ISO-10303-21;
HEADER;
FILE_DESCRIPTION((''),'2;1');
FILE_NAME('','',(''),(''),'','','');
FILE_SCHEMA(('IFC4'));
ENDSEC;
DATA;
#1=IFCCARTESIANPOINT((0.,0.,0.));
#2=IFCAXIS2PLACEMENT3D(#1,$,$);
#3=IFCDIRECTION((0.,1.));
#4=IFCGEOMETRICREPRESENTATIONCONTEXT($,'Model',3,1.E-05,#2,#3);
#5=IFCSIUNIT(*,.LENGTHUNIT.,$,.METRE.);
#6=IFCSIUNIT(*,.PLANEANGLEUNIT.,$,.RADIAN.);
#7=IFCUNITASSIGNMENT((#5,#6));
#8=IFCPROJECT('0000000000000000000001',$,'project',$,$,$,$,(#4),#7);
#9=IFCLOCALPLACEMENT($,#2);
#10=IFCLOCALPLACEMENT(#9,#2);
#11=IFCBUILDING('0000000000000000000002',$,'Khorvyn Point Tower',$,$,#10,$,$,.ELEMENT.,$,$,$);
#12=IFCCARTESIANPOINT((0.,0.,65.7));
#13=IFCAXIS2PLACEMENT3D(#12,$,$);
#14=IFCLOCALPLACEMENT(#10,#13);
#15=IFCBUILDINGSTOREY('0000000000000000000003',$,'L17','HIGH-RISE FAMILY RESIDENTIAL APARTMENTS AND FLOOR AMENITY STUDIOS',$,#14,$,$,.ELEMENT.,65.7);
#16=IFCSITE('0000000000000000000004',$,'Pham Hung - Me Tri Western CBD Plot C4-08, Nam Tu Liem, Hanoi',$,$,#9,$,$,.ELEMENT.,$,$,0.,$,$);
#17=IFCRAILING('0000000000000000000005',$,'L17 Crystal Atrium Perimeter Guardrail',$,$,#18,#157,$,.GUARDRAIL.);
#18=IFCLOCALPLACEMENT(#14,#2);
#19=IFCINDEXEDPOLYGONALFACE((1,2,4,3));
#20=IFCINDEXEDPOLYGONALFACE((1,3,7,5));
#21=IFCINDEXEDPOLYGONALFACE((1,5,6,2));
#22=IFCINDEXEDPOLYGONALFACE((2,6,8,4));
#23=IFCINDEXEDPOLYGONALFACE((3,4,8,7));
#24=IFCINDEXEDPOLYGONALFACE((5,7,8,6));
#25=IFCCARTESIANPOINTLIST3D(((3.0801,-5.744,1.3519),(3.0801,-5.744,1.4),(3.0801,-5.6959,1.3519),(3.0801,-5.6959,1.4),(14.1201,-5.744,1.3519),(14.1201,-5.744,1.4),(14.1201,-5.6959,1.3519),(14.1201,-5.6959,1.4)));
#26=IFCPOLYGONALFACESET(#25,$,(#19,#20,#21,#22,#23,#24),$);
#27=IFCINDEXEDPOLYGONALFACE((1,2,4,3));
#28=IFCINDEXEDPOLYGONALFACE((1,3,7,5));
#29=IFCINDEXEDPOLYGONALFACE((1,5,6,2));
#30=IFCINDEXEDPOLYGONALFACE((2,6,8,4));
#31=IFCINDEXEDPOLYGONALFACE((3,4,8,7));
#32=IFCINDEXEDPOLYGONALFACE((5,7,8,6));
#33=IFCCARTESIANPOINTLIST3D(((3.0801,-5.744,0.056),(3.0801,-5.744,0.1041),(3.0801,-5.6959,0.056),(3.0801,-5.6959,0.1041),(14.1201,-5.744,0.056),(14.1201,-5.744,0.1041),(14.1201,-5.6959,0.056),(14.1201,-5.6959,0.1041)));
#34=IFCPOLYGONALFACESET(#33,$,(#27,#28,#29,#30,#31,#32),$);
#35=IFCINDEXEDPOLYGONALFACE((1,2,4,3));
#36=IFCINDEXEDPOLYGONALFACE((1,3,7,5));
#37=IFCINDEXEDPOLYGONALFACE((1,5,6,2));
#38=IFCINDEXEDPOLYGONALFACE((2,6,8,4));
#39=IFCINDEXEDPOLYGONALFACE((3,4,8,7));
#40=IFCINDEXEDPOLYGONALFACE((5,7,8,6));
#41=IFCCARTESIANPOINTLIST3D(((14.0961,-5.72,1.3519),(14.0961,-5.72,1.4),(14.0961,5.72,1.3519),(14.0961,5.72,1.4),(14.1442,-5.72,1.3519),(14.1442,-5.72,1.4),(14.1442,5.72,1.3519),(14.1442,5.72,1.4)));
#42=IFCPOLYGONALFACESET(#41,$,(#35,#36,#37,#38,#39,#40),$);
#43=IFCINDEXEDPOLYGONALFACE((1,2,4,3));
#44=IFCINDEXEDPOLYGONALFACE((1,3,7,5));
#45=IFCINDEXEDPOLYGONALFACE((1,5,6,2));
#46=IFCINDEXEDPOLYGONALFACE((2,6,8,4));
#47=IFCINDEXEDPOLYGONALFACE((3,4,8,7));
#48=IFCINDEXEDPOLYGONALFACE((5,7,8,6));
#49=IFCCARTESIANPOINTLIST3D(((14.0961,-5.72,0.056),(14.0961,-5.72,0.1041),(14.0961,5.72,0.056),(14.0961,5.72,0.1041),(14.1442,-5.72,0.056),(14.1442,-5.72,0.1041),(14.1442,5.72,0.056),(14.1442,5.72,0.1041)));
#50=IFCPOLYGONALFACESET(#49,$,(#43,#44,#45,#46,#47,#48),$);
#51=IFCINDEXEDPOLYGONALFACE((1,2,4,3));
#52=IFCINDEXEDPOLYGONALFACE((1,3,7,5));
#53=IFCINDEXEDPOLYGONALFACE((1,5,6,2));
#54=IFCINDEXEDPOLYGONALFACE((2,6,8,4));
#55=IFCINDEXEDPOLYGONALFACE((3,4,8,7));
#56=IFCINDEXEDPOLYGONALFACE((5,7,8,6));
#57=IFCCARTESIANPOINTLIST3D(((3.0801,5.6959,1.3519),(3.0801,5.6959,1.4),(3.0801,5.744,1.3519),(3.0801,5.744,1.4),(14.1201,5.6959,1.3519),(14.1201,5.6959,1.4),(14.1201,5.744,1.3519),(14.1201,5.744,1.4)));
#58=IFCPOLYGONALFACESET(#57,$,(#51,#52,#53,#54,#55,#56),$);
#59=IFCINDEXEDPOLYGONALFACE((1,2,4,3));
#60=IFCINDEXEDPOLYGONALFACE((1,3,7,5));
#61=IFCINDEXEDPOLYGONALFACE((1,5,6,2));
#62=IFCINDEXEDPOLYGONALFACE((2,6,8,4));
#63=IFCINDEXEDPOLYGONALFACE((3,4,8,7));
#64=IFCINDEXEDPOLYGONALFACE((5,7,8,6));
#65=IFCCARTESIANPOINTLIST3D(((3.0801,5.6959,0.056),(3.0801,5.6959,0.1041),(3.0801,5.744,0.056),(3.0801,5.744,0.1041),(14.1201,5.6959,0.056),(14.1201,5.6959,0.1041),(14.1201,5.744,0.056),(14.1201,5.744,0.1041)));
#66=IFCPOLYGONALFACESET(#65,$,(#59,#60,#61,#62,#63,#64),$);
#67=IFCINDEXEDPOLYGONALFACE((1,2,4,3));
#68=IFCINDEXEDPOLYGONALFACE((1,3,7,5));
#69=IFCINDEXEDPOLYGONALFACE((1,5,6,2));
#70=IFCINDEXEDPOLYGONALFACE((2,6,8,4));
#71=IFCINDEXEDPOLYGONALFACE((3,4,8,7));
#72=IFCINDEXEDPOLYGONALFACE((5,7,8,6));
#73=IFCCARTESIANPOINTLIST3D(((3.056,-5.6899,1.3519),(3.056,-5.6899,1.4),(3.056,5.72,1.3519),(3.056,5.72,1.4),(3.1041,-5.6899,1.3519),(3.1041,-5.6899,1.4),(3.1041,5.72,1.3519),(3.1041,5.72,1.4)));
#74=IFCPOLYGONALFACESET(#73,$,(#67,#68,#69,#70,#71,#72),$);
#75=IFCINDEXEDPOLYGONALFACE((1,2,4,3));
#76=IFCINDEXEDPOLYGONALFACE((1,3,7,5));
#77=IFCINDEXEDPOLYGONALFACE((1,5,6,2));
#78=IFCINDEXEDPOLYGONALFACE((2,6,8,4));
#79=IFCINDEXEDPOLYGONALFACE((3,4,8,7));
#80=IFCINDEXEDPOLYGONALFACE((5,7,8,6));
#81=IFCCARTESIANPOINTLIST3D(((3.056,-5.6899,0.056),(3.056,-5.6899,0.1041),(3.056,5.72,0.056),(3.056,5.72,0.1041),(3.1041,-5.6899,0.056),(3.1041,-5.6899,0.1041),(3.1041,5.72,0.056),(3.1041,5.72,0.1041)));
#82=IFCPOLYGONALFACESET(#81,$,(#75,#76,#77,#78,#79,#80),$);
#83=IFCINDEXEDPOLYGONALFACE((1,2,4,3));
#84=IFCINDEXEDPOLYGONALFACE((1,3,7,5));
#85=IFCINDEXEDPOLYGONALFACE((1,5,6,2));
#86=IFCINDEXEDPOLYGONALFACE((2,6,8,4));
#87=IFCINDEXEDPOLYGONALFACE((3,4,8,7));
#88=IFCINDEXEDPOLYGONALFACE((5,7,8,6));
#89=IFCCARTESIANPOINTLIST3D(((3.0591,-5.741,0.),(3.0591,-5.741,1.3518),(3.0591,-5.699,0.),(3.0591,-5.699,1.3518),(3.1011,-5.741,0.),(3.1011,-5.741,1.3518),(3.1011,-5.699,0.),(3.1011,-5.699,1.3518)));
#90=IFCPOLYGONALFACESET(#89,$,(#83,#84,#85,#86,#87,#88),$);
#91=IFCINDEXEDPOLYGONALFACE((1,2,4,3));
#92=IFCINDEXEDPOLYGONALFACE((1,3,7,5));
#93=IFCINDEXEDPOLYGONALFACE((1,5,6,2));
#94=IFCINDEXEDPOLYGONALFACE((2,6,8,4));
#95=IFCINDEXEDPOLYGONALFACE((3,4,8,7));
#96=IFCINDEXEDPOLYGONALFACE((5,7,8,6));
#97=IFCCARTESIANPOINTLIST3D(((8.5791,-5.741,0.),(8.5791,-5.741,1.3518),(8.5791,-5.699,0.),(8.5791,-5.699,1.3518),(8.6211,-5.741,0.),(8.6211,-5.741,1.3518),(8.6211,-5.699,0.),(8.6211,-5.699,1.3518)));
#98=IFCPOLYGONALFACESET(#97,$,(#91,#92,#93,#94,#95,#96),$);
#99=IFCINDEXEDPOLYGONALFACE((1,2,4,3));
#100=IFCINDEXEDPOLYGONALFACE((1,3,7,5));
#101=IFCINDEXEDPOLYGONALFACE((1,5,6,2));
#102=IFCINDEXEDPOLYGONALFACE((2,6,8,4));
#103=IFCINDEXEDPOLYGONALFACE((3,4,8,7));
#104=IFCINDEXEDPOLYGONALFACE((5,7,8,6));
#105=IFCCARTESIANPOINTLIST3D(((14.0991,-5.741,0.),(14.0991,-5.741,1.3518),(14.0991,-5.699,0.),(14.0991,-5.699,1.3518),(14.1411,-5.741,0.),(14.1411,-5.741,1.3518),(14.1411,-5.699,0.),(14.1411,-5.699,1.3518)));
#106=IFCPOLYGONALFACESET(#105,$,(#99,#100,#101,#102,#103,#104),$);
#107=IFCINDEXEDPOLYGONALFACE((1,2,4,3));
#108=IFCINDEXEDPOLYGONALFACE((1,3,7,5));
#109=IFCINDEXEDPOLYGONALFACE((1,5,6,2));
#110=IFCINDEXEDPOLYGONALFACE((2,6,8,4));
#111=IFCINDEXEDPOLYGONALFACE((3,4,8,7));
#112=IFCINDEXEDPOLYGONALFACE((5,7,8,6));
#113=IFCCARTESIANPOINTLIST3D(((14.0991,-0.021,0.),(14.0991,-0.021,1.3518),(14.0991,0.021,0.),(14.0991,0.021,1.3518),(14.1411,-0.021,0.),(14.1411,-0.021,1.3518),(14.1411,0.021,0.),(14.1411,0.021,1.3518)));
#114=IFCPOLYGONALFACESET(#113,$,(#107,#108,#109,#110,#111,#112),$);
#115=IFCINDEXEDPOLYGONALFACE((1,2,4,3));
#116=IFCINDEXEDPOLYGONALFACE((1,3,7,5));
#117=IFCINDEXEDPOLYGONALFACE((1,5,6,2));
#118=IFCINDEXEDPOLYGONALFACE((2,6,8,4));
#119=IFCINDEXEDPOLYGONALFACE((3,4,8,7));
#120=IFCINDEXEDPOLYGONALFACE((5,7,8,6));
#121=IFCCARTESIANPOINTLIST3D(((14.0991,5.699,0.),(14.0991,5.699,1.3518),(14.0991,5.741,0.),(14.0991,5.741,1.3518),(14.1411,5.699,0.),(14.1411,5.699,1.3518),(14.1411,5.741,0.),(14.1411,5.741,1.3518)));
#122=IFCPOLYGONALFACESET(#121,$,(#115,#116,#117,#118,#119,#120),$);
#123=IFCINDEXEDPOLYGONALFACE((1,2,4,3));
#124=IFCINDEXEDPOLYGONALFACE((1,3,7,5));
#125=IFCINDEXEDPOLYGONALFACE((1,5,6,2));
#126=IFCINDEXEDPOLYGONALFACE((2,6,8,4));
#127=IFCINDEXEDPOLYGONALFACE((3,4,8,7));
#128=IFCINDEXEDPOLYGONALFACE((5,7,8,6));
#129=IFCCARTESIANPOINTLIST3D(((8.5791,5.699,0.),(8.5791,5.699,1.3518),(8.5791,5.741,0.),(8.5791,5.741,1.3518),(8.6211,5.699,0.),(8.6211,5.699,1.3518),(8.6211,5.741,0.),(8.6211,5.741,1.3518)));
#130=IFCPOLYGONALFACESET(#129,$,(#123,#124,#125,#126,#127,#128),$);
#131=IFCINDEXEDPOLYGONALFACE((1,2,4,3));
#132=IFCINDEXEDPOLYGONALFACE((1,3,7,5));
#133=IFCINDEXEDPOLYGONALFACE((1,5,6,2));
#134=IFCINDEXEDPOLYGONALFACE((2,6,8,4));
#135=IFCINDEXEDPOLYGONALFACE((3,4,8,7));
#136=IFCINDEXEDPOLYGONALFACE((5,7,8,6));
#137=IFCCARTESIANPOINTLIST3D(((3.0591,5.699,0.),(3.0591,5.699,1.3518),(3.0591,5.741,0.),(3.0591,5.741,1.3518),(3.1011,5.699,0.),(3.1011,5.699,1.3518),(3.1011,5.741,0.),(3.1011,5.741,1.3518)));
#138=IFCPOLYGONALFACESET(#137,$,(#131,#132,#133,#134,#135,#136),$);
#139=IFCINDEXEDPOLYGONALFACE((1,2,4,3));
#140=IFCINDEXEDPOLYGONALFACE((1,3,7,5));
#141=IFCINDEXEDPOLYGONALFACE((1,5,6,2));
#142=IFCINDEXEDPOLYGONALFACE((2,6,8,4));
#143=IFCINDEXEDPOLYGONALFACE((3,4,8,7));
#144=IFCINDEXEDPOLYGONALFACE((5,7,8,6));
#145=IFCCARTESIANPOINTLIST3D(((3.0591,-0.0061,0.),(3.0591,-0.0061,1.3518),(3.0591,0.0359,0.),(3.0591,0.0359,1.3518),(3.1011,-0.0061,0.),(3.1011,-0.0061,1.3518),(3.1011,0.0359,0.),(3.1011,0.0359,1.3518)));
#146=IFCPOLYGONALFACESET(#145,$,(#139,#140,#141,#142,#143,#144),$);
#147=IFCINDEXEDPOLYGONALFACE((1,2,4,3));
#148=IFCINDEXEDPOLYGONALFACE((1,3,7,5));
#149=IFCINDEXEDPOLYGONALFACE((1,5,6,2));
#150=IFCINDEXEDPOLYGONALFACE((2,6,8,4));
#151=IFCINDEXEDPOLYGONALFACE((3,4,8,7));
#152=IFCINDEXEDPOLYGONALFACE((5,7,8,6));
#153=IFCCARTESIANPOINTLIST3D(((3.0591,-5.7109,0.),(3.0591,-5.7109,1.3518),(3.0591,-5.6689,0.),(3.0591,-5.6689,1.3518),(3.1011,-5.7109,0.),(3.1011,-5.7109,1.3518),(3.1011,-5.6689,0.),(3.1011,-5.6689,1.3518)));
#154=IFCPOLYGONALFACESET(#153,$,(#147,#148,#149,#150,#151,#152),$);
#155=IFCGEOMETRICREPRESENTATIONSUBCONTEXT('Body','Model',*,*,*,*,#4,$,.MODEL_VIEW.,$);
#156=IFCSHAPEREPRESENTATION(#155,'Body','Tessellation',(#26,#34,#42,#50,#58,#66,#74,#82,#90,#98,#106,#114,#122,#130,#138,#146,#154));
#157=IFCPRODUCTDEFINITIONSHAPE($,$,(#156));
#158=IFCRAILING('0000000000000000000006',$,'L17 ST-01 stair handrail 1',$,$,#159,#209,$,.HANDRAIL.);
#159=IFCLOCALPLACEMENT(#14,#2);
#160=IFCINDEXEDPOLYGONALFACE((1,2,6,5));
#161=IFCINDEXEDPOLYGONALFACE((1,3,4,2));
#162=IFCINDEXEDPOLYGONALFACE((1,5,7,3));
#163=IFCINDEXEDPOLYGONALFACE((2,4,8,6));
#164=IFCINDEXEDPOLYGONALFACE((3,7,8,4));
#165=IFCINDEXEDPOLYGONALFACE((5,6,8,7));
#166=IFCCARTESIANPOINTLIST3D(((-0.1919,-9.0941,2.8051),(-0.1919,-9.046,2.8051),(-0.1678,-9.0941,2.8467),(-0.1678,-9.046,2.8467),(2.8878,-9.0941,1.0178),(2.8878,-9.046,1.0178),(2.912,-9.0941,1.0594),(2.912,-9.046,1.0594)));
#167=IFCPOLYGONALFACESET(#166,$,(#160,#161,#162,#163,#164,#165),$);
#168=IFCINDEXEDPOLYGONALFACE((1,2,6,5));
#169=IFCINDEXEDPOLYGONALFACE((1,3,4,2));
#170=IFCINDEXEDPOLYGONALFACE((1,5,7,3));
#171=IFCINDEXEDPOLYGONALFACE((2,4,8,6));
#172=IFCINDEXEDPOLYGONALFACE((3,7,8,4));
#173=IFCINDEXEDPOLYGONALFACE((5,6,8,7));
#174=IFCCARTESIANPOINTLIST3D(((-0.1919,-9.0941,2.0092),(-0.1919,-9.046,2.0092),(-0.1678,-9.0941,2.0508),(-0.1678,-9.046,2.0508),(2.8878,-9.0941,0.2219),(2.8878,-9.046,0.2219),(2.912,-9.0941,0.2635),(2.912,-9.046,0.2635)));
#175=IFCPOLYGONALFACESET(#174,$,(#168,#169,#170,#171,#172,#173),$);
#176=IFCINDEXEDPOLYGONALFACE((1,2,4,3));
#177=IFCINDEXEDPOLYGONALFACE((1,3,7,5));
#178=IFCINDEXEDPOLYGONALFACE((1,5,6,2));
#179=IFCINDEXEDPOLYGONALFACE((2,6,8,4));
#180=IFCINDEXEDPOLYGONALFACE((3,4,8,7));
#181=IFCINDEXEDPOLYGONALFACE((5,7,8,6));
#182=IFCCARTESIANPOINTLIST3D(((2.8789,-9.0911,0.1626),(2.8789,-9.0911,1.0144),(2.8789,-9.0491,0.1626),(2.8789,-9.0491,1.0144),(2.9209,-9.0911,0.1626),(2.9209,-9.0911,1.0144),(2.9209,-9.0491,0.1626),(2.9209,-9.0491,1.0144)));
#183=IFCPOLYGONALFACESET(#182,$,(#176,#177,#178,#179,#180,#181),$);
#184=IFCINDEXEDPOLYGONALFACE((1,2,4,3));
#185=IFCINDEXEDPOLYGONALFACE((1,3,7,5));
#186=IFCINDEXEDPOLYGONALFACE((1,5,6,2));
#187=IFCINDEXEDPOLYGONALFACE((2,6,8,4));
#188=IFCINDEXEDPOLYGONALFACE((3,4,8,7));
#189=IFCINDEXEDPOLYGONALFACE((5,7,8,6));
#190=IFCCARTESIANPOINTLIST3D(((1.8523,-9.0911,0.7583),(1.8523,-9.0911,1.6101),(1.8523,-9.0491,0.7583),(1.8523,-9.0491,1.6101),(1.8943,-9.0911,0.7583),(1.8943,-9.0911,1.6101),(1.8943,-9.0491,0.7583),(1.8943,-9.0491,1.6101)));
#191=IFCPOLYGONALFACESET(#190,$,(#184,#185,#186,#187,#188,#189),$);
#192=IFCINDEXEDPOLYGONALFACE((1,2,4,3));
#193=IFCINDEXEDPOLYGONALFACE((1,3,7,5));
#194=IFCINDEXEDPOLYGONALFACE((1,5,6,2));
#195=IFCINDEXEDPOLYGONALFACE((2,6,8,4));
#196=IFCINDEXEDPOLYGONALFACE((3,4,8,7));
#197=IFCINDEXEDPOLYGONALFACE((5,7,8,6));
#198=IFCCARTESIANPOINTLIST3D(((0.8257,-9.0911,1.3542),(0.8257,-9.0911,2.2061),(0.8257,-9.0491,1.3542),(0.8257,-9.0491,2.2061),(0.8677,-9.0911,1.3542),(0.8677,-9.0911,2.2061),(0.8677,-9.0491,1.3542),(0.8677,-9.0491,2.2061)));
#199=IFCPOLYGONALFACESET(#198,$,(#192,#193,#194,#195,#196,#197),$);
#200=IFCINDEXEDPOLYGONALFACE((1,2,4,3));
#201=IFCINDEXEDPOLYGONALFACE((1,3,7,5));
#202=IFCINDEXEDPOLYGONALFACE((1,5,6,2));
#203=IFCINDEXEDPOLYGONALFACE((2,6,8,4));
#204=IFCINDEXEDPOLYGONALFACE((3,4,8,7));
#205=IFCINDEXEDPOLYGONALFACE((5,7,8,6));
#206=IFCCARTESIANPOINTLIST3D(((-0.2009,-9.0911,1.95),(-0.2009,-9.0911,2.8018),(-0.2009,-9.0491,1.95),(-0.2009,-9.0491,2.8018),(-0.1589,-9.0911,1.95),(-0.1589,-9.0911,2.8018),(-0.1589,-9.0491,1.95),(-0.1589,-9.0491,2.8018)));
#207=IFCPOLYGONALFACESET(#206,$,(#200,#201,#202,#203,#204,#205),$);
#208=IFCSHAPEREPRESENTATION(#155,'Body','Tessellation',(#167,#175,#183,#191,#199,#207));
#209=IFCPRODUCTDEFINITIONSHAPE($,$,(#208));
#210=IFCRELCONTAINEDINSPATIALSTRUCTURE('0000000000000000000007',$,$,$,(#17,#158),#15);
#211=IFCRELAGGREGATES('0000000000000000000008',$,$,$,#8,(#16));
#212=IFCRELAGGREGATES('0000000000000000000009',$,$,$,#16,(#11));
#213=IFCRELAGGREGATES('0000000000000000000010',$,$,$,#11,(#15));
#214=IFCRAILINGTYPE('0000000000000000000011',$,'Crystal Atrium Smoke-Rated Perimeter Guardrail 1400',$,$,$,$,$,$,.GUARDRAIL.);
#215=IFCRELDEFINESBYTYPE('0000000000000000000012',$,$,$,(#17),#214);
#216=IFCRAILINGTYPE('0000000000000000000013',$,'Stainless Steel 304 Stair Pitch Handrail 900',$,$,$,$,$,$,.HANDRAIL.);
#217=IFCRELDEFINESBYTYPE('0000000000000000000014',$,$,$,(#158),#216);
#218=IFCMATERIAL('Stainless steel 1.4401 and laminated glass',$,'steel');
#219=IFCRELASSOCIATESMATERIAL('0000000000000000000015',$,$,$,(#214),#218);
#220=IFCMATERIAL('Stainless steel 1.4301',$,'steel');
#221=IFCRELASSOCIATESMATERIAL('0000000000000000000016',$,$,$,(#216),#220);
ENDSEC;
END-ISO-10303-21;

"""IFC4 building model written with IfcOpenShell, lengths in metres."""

from ifc_helpers import new_model, si_unit, direction, frame, origin, origin_2d, place, context, subcontext, project, spatial, rectangle, extrude, material, type_object, element, save


model = new_model("IFC4")

# Units and contexts
model_context = context("Model", 3, precision=1e-05, world=origin(), true_north=direction((0.0, 1.0)))
body_context = subcontext(model_context, "Body", "Model", "MODEL_VIEW")
ifc_project = project(units=[si_unit("LENGTHUNIT", "METRE"), si_unit("PLANEANGLEUNIT", "RADIAN")], contexts=[model_context])

# Site, building, storey
site_placement = place(None, origin())
site = spatial("IfcSite", under=ifc_project, at=site_placement, Name="Pham Hung - Me Tri Western CBD Plot C4-08, Nam Tu Liem, Hanoi", CompositionType="ELEMENT", RefElevation=0.0)
building_placement = place(site_placement, origin())
building = spatial("IfcBuilding", under=site, at=building_placement, Name="Khorvyn Point Tower", CompositionType="ELEMENT")
storey_placement = place(building_placement, frame((0.0, 0.0, 65.7)))
storey = spatial("IfcBuildingStorey", under=building, at=storey_placement, Name="L17", Description="HIGH-RISE FAMILY RESIDENTIAL APARTMENTS AND FLOOR AMENITY STUDIOS", CompositionType="ELEMENT", Elevation=65.7)

# Shared definitions
ifc_material_1 = material(Name="Stainless steel 1.4301", Category="steel")

# Railings
ifc_material_2 = material(Name="Stainless steel 1.4401 and laminated glass", Category="steel")
railing_type_1 = type_object("IfcRailingType", Name="Crystal Atrium Smoke-Rated Perimeter Guardrail 1400", PredefinedType="GUARDRAIL", material=ifc_material_2)
railing_1_placement = place(storey_placement, frame((3.0801, -5.72, 0.0)))
element("IfcRailing", 1, at=railing_1_placement, inside=storey, type_object=railing_type_1, Name="L17 Crystal Atrium Perimeter Guardrail", PredefinedType="GUARDRAIL", context=body_context, shape_type="SweptSolid", body=[
    extrude(rectangle(XDim=0.0481, YDim=0.0481, at=origin_2d()), frame((0.0, 0.0, 1.376), z_axis=(1.0, 0.0, 0.0), x_axis=(0.0, 1.0, 0.0)), (0.0, 0.0, 1.0), 11.04),
    extrude(rectangle(XDim=0.0481, YDim=0.0481, at=origin_2d()), frame((0.0, 0.0, 0.0801), z_axis=(1.0, 0.0, 0.0), x_axis=(0.0, 1.0, 0.0)), (0.0, 0.0, 1.0), 11.04),
    extrude(rectangle(XDim=0.0481, YDim=0.0481, at=origin_2d()), frame((11.04, 0.0, 1.376), z_axis=(0.0, 1.0, 0.0), x_axis=(-1.0, 0.0, 0.0)), (0.0, 0.0, 1.0), 11.4399),
    extrude(rectangle(XDim=0.0481, YDim=0.0481, at=origin_2d()), frame((11.04, 0.0, 0.0801), z_axis=(0.0, 1.0, 0.0), x_axis=(-1.0, 0.0, 0.0)), (0.0, 0.0, 1.0), 11.4399),
    extrude(rectangle(XDim=0.0481, YDim=0.0481, at=origin_2d()), frame((11.04, 11.4399, 1.376), z_axis=(-1.0, 0.0, 0.0), x_axis=(0.0, -1.0, 0.0)), (0.0, 0.0, 1.0), 11.04),
    extrude(rectangle(XDim=0.0481, YDim=0.0481, at=origin_2d()), frame((11.04, 11.4399, 0.0801), z_axis=(-1.0, 0.0, 0.0), x_axis=(0.0, -1.0, 0.0)), (0.0, 0.0, 1.0), 11.04),
    extrude(rectangle(XDim=0.0481, YDim=0.0481, at=origin_2d()), frame((0.0, 11.4399, 1.376), z_axis=(0.0, -1.0, 0.0), x_axis=(1.0, 0.0, 0.0)), (0.0, 0.0, 1.0), 11.4099),
    extrude(rectangle(XDim=0.0481, YDim=0.0481, at=origin_2d()), frame((0.0, 11.4399, 0.0801), z_axis=(0.0, -1.0, 0.0), x_axis=(1.0, 0.0, 0.0)), (0.0, 0.0, 1.0), 11.4099),
    extrude(rectangle(XDim=0.042, YDim=0.042, at=origin_2d()), origin(), (0.0, 0.0, 1.0), 1.3518),
    extrude(rectangle(XDim=0.042, YDim=0.042, at=origin_2d()), frame((5.52, 0.0, 0.0)), (0.0, 0.0, 1.0), 1.3518),
    extrude(rectangle(XDim=0.042, YDim=0.042, at=origin_2d()), frame((11.04, 0.0, 0.0)), (0.0, 0.0, 1.0), 1.3518),
    extrude(rectangle(XDim=0.042, YDim=0.042, at=origin_2d()), frame((11.04, 5.72, 0.0)), (0.0, 0.0, 1.0), 1.3518),
    extrude(rectangle(XDim=0.042, YDim=0.042, at=origin_2d()), frame((11.04, 11.4399, 0.0)), (0.0, 0.0, 1.0), 1.3518),
    extrude(rectangle(XDim=0.042, YDim=0.042, at=origin_2d()), frame((5.52, 11.4399, 0.0)), (0.0, 0.0, 1.0), 1.3518),
    extrude(rectangle(XDim=0.042, YDim=0.042, at=origin_2d()), frame((0.0, 11.4399, 0.0)), (0.0, 0.0, 1.0), 1.3518),
    extrude(rectangle(XDim=0.042, YDim=0.042, at=origin_2d()), frame((0.0, 5.7349, 0.0)), (0.0, 0.0, 1.0), 1.3518),
    extrude(rectangle(XDim=0.042, YDim=0.042, at=origin_2d()), frame((0.0, 0.03, 0.0)), (0.0, 0.0, 1.0), 1.3518),
])
railing_type_2 = type_object("IfcRailingType", Name="Stainless Steel 304 Stair Pitch Handrail 900", PredefinedType="HANDRAIL", material=ifc_material_1)
railing_2_placement = place(storey_placement, frame((2.8999, -9.0701, 0.1626)))
element("IfcRailing", 2, at=railing_2_placement, inside=storey, type_object=railing_type_2, Name="L17 ST-01 stair handrail 1", PredefinedType="HANDRAIL", context=body_context, shape_type="SweptSolid", body=[
    extrude(rectangle(XDim=0.0481, YDim=0.0481, at=origin_2d()), frame((0.0, 0.0, 0.876), z_axis=(-0.864903, 0.0, 0.501939), x_axis=(0.0, -1.0, 0.0)), (0.0, 0.0, 1.0), 3.5608),
    extrude(rectangle(XDim=0.0481, YDim=0.0481, at=origin_2d()), frame((0.0, 0.0, 0.0801), z_axis=(-0.864903, 0.0, 0.501939), x_axis=(0.0, -1.0, 0.0)), (0.0, 0.0, 1.0), 3.5608),
    extrude(rectangle(XDim=0.042, YDim=0.042, at=origin_2d()), origin(), (0.0, 0.0, 1.0), 0.8518),
    extrude(rectangle(XDim=0.042, YDim=0.042, at=origin_2d()), frame((-1.0266, 0.0, 0.5957)), (0.0, 0.0, 1.0), 0.8518),
    extrude(rectangle(XDim=0.042, YDim=0.042, at=origin_2d()), frame((-2.0532, 0.0, 1.1917)), (0.0, 0.0, 1.0), 0.8518),
    extrude(rectangle(XDim=0.042, YDim=0.042, at=origin_2d()), frame((-3.0798, 0.0, 1.7874)), (0.0, 0.0, 1.0), 0.8518),
])

save(model, "model.ifc")
